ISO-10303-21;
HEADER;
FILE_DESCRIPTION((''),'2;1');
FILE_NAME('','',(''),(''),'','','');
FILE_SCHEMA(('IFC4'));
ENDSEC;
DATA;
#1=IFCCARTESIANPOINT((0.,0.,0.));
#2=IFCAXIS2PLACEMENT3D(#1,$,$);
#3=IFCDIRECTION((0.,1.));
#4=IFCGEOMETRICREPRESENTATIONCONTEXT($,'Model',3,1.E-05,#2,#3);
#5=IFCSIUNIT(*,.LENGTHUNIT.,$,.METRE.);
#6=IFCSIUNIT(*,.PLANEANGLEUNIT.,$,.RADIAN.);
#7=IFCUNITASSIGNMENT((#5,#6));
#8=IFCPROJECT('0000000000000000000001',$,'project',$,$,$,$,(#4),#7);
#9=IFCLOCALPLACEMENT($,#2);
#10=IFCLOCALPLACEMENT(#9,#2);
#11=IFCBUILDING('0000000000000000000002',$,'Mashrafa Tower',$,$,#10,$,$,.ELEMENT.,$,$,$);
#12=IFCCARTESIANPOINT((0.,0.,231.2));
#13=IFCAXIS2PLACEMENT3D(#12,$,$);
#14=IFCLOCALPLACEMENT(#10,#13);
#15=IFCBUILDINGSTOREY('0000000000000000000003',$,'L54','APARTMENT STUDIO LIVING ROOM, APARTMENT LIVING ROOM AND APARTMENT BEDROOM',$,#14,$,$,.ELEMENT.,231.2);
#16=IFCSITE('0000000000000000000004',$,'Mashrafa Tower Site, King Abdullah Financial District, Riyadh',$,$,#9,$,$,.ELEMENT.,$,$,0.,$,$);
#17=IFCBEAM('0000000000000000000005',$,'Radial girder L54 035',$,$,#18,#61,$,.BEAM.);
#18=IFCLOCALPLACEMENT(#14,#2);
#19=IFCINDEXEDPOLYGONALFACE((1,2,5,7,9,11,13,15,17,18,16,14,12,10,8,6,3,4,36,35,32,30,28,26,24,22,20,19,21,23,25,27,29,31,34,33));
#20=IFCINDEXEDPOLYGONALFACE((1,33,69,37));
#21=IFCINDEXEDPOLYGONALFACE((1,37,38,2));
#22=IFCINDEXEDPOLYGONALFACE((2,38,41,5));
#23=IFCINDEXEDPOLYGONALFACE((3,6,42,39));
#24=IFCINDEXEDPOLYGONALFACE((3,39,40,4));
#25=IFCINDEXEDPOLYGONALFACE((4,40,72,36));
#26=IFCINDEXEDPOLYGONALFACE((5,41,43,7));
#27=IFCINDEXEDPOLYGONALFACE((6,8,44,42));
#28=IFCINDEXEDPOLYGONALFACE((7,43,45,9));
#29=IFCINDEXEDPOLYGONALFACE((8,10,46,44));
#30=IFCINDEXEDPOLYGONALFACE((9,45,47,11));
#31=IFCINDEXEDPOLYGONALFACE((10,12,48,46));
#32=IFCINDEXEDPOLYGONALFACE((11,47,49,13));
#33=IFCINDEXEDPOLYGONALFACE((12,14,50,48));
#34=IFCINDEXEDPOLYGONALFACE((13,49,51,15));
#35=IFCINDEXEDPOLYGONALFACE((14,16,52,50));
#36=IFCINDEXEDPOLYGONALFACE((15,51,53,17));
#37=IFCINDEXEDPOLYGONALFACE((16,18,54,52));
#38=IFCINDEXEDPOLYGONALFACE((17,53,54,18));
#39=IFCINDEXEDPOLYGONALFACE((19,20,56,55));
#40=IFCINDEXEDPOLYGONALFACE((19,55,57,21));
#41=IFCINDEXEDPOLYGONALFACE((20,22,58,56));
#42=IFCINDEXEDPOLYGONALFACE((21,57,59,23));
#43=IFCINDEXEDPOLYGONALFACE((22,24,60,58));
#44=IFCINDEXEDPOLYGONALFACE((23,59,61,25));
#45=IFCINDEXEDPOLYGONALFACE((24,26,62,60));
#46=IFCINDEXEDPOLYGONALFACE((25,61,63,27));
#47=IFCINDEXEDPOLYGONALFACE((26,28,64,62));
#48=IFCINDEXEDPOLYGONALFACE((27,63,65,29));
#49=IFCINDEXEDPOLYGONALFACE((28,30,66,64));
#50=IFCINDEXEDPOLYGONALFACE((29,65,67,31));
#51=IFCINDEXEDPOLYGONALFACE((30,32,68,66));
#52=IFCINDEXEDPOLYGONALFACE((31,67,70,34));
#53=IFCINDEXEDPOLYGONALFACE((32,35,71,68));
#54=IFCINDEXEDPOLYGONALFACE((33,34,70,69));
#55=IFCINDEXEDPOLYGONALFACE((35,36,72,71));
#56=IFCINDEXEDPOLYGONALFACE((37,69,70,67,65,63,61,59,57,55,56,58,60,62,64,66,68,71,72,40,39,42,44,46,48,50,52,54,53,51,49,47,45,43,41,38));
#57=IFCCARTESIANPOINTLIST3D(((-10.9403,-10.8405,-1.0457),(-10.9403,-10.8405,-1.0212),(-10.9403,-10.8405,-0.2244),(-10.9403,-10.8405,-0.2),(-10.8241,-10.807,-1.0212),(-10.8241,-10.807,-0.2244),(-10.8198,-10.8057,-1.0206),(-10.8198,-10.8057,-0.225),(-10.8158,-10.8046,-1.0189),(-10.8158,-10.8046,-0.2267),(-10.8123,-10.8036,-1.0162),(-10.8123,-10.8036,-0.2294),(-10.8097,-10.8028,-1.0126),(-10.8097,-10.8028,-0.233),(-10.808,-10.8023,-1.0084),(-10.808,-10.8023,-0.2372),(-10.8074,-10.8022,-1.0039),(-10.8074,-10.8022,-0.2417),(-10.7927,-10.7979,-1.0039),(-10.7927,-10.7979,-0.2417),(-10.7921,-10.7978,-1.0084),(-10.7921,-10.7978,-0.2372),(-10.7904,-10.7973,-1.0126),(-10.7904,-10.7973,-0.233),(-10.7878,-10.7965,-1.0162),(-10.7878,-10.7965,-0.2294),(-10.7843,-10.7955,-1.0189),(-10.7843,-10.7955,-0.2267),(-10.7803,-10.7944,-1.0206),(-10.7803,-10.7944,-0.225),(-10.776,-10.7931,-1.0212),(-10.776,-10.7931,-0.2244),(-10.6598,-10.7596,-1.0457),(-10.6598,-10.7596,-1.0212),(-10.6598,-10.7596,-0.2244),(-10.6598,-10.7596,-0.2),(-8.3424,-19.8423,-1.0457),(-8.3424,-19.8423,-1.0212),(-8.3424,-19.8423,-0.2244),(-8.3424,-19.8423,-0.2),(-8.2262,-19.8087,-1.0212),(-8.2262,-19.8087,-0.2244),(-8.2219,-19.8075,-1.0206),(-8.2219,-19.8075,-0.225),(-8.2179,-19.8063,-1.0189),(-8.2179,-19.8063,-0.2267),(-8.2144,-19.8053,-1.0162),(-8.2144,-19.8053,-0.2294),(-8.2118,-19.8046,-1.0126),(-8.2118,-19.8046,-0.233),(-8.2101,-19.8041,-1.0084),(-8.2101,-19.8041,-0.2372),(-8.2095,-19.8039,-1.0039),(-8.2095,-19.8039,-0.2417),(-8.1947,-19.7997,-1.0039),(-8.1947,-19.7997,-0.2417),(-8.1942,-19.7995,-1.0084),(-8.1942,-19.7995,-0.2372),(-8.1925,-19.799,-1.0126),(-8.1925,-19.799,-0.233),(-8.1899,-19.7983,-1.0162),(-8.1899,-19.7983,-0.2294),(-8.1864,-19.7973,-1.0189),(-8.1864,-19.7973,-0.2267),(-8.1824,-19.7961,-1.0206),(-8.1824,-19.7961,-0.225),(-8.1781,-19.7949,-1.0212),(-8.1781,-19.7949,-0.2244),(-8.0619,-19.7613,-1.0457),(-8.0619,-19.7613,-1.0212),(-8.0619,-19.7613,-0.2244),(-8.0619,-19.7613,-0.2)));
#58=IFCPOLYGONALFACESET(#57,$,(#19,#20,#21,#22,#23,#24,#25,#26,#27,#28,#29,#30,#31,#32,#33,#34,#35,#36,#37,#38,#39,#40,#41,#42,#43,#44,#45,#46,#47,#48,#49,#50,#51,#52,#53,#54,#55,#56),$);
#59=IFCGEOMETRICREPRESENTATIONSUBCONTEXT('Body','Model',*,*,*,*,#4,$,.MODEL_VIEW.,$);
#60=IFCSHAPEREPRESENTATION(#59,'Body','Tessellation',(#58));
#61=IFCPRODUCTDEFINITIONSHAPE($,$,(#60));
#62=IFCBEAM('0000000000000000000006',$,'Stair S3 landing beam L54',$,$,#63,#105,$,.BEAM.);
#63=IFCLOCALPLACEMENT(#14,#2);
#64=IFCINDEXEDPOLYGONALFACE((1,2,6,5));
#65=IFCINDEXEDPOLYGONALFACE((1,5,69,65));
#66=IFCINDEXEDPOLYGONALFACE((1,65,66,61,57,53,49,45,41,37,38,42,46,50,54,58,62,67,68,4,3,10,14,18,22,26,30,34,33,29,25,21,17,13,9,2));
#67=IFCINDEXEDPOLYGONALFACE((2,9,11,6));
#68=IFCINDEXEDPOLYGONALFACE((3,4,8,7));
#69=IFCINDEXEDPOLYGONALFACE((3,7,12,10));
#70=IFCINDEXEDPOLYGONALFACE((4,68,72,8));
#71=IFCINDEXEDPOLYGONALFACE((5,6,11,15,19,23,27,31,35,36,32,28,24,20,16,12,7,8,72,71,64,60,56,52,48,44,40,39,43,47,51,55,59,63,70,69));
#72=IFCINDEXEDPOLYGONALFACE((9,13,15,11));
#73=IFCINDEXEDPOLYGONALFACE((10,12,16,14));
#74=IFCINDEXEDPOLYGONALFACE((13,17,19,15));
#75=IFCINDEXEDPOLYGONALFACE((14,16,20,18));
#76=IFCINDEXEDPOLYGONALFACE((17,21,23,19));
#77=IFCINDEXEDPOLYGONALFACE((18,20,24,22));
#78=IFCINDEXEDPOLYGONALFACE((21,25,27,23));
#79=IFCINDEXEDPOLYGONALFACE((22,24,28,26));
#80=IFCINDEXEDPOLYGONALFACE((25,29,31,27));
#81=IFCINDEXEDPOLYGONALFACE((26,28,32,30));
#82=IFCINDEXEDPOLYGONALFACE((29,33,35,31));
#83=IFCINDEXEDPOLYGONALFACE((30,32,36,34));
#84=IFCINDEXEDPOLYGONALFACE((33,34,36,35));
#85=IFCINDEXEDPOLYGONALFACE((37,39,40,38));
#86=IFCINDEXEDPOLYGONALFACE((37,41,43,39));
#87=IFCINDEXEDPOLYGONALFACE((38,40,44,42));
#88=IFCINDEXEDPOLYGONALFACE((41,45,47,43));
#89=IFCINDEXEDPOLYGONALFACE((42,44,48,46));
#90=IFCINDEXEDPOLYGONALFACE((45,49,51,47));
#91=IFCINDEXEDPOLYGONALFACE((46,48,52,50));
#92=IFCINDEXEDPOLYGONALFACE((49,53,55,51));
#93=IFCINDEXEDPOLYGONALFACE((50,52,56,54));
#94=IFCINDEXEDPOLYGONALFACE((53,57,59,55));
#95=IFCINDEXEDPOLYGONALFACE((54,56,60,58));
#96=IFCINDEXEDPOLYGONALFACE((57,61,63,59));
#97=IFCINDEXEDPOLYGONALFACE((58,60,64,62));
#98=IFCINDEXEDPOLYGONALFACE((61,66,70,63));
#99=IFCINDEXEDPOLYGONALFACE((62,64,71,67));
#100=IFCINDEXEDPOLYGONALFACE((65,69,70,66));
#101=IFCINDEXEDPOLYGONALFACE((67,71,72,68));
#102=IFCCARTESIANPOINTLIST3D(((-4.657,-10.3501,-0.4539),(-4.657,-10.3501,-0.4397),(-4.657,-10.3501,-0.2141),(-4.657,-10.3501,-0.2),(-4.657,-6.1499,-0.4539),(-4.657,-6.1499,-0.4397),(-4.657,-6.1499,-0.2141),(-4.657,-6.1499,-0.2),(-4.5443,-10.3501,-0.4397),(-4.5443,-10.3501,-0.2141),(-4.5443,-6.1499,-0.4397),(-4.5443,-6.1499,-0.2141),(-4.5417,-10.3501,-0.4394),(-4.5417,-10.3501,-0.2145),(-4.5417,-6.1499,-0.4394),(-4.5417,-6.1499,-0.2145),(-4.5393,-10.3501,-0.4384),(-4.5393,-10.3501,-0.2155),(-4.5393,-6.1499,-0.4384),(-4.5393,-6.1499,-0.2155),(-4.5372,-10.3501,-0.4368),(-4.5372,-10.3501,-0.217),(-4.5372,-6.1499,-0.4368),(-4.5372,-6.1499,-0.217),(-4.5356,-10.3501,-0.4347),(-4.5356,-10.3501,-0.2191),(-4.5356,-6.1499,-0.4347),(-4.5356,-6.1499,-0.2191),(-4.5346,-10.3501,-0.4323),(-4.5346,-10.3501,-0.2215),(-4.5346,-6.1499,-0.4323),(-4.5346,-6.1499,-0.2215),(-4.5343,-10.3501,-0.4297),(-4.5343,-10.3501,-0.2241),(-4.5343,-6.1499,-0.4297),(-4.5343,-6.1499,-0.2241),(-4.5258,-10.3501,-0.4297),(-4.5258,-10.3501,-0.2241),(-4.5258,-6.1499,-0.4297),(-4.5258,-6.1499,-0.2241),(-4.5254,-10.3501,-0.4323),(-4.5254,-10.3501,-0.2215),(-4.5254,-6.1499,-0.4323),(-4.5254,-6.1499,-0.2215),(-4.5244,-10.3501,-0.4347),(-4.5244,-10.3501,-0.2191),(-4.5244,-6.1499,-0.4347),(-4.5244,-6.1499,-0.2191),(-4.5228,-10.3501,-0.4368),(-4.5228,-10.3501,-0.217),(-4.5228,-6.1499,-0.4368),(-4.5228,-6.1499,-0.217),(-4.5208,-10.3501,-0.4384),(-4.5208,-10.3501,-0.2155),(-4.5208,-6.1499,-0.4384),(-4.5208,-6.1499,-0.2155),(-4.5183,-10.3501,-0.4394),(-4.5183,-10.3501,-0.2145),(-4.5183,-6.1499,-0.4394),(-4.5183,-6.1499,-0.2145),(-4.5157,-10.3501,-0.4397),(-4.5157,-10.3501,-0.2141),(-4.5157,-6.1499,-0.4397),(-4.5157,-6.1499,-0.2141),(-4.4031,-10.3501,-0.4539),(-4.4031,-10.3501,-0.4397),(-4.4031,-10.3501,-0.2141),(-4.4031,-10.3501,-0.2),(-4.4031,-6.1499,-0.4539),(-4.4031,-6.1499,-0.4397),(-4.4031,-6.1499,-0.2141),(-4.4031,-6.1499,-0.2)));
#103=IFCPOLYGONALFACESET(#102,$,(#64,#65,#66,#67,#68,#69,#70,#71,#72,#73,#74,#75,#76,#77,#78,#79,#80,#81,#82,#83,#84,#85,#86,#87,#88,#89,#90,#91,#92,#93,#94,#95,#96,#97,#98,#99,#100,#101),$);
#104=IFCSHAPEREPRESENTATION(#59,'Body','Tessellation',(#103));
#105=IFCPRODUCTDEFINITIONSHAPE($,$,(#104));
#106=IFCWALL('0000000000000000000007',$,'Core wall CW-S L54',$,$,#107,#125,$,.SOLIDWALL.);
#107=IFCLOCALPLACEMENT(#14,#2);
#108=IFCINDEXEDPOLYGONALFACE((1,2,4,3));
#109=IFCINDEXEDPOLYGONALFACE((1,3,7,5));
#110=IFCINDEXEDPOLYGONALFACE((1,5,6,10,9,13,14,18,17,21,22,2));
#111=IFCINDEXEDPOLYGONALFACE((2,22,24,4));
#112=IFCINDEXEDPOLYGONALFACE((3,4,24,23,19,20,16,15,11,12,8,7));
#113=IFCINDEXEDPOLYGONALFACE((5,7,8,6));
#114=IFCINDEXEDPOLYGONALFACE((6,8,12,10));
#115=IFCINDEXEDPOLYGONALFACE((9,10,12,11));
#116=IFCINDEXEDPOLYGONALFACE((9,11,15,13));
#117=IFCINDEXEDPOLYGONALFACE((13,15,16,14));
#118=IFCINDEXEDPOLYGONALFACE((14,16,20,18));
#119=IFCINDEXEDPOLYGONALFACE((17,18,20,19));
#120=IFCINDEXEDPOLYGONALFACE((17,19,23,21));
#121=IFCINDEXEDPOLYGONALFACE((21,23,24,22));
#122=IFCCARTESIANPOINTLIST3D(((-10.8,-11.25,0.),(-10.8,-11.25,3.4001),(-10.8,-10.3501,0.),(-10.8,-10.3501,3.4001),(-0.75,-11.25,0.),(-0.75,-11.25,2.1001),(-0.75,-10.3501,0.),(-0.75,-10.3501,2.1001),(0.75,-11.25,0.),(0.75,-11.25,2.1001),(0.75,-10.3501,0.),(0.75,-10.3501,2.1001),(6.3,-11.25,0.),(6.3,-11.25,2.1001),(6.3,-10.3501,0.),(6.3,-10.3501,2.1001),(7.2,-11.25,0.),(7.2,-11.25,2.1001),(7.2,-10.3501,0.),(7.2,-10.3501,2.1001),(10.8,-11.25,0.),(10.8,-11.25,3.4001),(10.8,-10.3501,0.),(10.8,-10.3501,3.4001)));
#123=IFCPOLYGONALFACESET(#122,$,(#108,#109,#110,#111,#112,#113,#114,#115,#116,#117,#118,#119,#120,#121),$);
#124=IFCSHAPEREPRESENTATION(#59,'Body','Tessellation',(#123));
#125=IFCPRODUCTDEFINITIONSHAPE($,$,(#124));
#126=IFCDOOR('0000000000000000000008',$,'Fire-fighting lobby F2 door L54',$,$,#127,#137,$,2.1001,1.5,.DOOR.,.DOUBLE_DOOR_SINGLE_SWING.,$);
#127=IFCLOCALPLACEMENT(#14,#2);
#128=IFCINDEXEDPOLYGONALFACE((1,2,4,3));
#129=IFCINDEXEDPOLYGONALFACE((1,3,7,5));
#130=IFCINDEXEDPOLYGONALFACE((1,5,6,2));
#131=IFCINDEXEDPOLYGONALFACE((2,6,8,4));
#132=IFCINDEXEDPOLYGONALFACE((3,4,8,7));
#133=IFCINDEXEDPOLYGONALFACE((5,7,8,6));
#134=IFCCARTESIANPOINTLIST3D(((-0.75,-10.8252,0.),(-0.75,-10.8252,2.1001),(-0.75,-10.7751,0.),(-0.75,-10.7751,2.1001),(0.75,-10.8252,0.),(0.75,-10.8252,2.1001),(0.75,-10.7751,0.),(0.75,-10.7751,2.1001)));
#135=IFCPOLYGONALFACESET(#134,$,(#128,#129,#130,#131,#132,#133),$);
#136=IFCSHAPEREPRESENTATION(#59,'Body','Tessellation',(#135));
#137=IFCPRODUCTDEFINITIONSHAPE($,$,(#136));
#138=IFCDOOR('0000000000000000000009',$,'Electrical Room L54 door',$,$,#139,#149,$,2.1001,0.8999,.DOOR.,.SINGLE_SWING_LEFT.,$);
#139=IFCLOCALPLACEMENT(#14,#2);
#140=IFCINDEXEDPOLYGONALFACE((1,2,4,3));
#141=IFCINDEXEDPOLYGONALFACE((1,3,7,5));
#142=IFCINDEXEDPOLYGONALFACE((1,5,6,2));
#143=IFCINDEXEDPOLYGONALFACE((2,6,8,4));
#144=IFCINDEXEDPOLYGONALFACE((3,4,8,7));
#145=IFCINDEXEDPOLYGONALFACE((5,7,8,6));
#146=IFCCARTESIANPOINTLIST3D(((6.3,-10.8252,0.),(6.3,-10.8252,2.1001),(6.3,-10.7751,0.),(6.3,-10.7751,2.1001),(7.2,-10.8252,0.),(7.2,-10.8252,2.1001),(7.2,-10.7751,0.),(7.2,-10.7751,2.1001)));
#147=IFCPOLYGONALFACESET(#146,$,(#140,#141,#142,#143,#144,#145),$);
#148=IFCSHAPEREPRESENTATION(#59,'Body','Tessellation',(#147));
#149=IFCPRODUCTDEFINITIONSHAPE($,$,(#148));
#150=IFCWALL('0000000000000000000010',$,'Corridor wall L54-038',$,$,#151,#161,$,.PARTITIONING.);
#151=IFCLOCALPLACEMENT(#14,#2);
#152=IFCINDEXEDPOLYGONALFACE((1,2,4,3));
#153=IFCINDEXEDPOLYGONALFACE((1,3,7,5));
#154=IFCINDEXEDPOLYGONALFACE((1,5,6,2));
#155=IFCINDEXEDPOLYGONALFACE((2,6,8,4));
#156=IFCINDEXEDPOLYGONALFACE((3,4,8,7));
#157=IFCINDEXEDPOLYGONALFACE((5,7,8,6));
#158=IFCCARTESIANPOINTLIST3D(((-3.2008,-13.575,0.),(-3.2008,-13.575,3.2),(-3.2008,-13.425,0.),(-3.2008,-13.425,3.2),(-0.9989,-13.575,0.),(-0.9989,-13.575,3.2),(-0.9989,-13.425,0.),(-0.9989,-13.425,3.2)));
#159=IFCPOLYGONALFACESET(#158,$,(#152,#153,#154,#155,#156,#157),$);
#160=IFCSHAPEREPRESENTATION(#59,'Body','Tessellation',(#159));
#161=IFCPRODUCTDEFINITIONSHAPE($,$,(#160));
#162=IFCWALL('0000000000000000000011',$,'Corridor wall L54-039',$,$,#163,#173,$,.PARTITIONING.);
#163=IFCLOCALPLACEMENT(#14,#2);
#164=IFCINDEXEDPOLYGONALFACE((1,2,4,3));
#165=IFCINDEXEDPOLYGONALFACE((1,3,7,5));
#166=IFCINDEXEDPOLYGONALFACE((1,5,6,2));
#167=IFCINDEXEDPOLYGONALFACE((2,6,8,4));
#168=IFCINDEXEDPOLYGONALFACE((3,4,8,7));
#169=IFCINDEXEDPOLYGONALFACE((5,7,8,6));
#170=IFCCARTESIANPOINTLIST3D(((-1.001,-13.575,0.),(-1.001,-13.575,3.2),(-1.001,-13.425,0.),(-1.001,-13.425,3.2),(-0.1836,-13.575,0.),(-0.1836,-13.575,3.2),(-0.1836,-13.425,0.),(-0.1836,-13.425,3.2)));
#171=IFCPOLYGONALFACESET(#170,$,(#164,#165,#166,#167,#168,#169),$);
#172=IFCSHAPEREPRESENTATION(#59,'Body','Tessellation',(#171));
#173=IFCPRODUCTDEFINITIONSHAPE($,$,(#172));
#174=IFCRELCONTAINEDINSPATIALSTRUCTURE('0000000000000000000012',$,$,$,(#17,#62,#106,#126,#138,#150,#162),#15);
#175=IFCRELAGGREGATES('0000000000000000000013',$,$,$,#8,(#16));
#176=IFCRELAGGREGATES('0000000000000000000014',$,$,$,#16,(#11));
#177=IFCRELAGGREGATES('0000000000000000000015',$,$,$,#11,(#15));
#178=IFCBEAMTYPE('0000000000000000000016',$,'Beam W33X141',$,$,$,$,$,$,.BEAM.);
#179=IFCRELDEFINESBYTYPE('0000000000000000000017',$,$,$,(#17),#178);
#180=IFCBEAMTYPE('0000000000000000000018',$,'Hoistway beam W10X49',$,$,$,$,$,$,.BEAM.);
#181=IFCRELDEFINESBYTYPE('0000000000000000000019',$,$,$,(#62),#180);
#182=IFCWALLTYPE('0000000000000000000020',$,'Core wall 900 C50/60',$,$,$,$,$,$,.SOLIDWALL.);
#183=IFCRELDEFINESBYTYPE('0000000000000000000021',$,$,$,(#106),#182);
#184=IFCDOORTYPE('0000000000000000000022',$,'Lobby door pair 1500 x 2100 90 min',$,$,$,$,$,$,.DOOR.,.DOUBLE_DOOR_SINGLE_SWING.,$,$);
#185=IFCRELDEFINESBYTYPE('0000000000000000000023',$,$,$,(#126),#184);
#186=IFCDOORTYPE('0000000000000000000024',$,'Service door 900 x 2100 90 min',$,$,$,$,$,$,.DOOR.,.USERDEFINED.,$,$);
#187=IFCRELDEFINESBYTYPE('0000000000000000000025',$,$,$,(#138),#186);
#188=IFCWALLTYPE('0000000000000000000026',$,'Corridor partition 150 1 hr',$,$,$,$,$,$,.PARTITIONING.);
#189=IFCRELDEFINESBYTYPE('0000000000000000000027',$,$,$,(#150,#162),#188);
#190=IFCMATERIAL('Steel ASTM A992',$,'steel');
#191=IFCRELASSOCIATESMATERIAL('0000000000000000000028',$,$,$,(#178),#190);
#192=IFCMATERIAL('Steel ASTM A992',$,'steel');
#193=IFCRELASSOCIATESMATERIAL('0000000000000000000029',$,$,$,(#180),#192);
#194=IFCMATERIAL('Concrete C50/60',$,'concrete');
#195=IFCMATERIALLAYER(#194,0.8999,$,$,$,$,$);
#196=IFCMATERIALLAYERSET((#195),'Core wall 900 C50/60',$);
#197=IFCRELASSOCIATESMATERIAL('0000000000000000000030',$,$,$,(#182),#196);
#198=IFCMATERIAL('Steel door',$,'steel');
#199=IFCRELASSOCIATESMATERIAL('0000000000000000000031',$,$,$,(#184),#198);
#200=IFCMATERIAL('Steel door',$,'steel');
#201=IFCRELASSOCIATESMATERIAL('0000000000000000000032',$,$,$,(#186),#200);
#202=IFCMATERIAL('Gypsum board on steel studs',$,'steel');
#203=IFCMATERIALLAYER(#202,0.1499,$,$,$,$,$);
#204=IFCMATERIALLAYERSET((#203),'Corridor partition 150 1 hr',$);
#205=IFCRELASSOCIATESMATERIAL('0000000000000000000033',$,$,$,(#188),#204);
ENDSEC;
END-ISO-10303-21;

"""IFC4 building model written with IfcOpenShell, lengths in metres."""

from ifc_helpers import new_model, si_unit, direction, frame, frame_2d, origin, origin_2d, place, context, subcontext, project, spatial, rectangle, i_section, extrude, material, layer, layer_set, material_profile, profile_set, type_object, element, fill, save


model = new_model("IFC4")

# Units and contexts
model_context = context("Model", 3, precision=1e-05, world=origin(), true_north=direction((0.0, 1.0)))
body_context = subcontext(model_context, "Body", "Model", "MODEL_VIEW")
ifc_project = project(units=[si_unit("LENGTHUNIT", "METRE"), si_unit("PLANEANGLEUNIT", "RADIAN")], contexts=[model_context])

# Site, building, storey
site_placement = place(None, origin())
site = spatial("IfcSite", under=ifc_project, at=site_placement, Name="Mashrafa Tower Site, King Abdullah Financial District, Riyadh", CompositionType="ELEMENT", RefElevation=0.0)
building_placement = place(site_placement, origin())
building = spatial("IfcBuilding", under=site, at=building_placement, Name="Mashrafa Tower", CompositionType="ELEMENT")
storey_placement = place(building_placement, frame((0.0, 0.0, 231.2)))
storey = spatial("IfcBuildingStorey", under=building, at=storey_placement, Name="L54", Description="APARTMENT STUDIO LIVING ROOM, APARTMENT LIVING ROOM AND APARTMENT BEDROOM", CompositionType="ELEMENT", Elevation=231.2)

# Beams
ifc_material_1 = material(Name="Steel ASTM A992", Category="steel")
ifc_material_profile_1 = material_profile(ifc_material_1, i_section(OverallWidth=0.292, OverallDepth=0.8457, WebThickness=0.0154, FlangeThickness=0.0244, FilletRadius=0.0173, at=origin_2d()), Name="W33X141")
ifc_profile_set_1 = profile_set([ifc_material_profile_1], Name="Steel ASTM A992")
beam_type_1 = type_object("IfcBeamType", Name="Beam W33X141", PredefinedType="BEAM", material=ifc_profile_set_1)
for number, where, z_axis, x_axis, name in (
    (1, (-10.8, -10.8, -0.6228), (0.277284, -0.960788, 0.0), (0.960788, 0.277284, 0.0), "Radial girder L54 035"),
):
    element("IfcBeam", number, at=place(storey_placement, frame(where, z_axis=z_axis, x_axis=x_axis)), inside=storey, type_object=beam_type_1, Name=name, PredefinedType="BEAM", context=body_context, shape_type="SweptSolid", body=[
        extrude(i_section(OverallWidth=0.292, OverallDepth=0.8457, WebThickness=0.0154, FlangeThickness=0.0244, FilletRadius=0.0173, at=origin_2d()), origin(), (0.0, 0.0, 1.0), 9.3691),
    ])
ifc_material_2 = material(Name="Steel ASTM A992", Category="steel")
ifc_material_profile_2 = material_profile(ifc_material_2, i_section(OverallWidth=0.2539, OverallDepth=0.2539, WebThickness=0.0085, FlangeThickness=0.0142, FilletRadius=0.01, at=origin_2d()), Name="W10X49")
ifc_profile_set_2 = profile_set([ifc_material_profile_2], Name="Steel ASTM A992")
beam_type_2 = type_object("IfcBeamType", Name="Hoistway beam W10X49", PredefinedType="BEAM", material=ifc_profile_set_2)
beam_1_placement = place(storey_placement, frame((-4.53, -10.3501, -0.3269), z_axis=(0.0, 1.0, 0.0), x_axis=(-1.0, 0.0, 0.0)))
element("IfcBeam", 2, at=beam_1_placement, inside=storey, type_object=beam_type_2, Name="Stair S3 landing beam L54", PredefinedType="BEAM", context=body_context, shape_type="SweptSolid", body=[
    extrude(i_section(OverallWidth=0.2539, OverallDepth=0.2539, WebThickness=0.0085, FlangeThickness=0.0142, FilletRadius=0.01, at=origin_2d()), origin(), (0.0, 0.0, 1.0), 4.2002),
])

# Wall, openings, doors
ifc_material_3 = material(Name="Concrete C50/60", Category="concrete")
ifc_layer_1 = layer(ifc_material_3, 0.8999)
ifc_layer_set_1 = layer_set([ifc_layer_1], Name="Core wall 900 C50/60")
wall_type_1 = type_object("IfcWallType", Name="Core wall 900 C50/60", PredefinedType="SOLIDWALL", material=ifc_layer_set_1)
wall_1_placement = place(storey_placement, frame((-10.8, -10.8, 0.0), z_axis=(0.0, 0.0, 1.0), x_axis=(1.0, 0.0, 0.0)))
wall_1 = element("IfcWall", 3, at=wall_1_placement, inside=storey, type_object=wall_type_1, Name="Core wall CW-S L54", PredefinedType="SOLIDWALL", context=body_context, shape_type="SweptSolid", body=[
    extrude(rectangle(XDim=21.6001, YDim=0.8999, at=frame_2d((10.8, 0.0))), origin(), (0.0, 0.0, 1.0), 3.4001),
])
opening_1_placement = place(wall_1_placement, frame((10.05, 0.0, 0.0)))
opening_1 = element("IfcOpeningElement", 4, at=opening_1_placement, cuts=wall_1, PredefinedType="OPENING", context=body_context, shape_type="SweptSolid", body=[
    extrude(rectangle(XDim=1.5, YDim=2.1001, at=frame_2d((0.75, 1.05))), frame((0.0, 0.46, 0.0), z_axis=(0.0, -1.0, 0.0), x_axis=(1.0, 0.0, 0.0)), (0.0, 0.0, 1.0), 0.9199),
])
opening_2_placement = place(wall_1_placement, frame((17.1001, 0.0, 0.0)))
opening_2 = element("IfcOpeningElement", 5, at=opening_2_placement, cuts=wall_1, PredefinedType="OPENING", context=body_context, shape_type="SweptSolid", body=[
    extrude(rectangle(XDim=0.8999, YDim=2.1001, at=frame_2d((0.45, 1.05))), frame((0.0, 0.46, 0.0), z_axis=(0.0, -1.0, 0.0), x_axis=(1.0, 0.0, 0.0)), (0.0, 0.0, 1.0), 0.9199),
])
ifc_material_4 = material(Name="Steel door", Category="steel")
door_type_1 = type_object("IfcDoorType", Name="Lobby door pair 1500 x 2100 90 min", OperationType="DOUBLE_DOOR_SINGLE_SWING", PredefinedType="DOOR", material=ifc_material_4)
door_1_placement = place(opening_1_placement, origin())
door_1 = element("IfcDoor", 6, at=door_1_placement, inside=storey, type_object=door_type_1, Name="Fire-fighting lobby F2 door L54", OperationType="DOUBLE_DOOR_SINGLE_SWING", OverallHeight=2.1001, OverallWidth=1.5, PredefinedType="DOOR", context=body_context, shape_type="SweptSolid", body=[
    extrude(rectangle(XDim=1.5, YDim=2.1001, at=frame_2d((0.75, 1.05))), frame((0.0, 0.0249, 0.0), z_axis=(0.0, -1.0, 0.0), x_axis=(1.0, 0.0, 0.0)), (0.0, 0.0, 1.0), 0.05),
])
fill(opening_1, door_1)
ifc_material_5 = material(Name="Steel door", Category="steel")
door_type_2 = type_object("IfcDoorType", Name="Service door 900 x 2100 90 min", OperationType="USERDEFINED", PredefinedType="DOOR", material=ifc_material_5)
door_2_placement = place(opening_2_placement, origin())
door_2 = element("IfcDoor", 7, at=door_2_placement, inside=storey, type_object=door_type_2, Name="Electrical Room L54 door", OperationType="SINGLE_SWING_LEFT", OverallHeight=2.1001, OverallWidth=0.8999, PredefinedType="DOOR", context=body_context, shape_type="SweptSolid", body=[
    extrude(rectangle(XDim=0.8999, YDim=2.1001, at=frame_2d((0.45, 1.05))), frame((0.0, 0.0249, 0.0), z_axis=(0.0, -1.0, 0.0), x_axis=(1.0, 0.0, 0.0)), (0.0, 0.0, 1.0), 0.05),
])
fill(opening_2, door_2)

# Walls
ifc_material_6 = material(Name="Gypsum board on steel studs", Category="steel")
ifc_layer_2 = layer(ifc_material_6, 0.1499)
ifc_layer_set_2 = layer_set([ifc_layer_2], Name="Corridor partition 150 1 hr")
wall_type_2 = type_object("IfcWallType", Name="Corridor partition 150 1 hr", PredefinedType="PARTITIONING", material=ifc_layer_set_2)
wall_2_placement = place(storey_placement, frame((-3.2009, -13.5, 0.0), z_axis=(0.0, 0.0, 1.0), x_axis=(1.0, 0.0, 0.0)))
element("IfcWall", 8, at=wall_2_placement, inside=storey, type_object=wall_type_2, Name="Corridor wall L54-038", PredefinedType="PARTITIONING", context=body_context, shape_type="SweptSolid", body=[
    extrude(rectangle(XDim=2.2019, YDim=0.1499, at=frame_2d((1.1011, 0.0))), origin(), (0.0, 0.0, 1.0), 3.2),
])
wall_3_placement = place(storey_placement, frame((-1.001, -13.5, 0.0), z_axis=(0.0, 0.0, 1.0), x_axis=(1.0, 0.0, 0.0)))
element("IfcWall", 9, at=wall_3_placement, inside=storey, type_object=wall_type_2, Name="Corridor wall L54-039", PredefinedType="PARTITIONING", context=body_context, shape_type="SweptSolid", body=[
    extrude(rectangle(XDim=0.8174, YDim=0.1499, at=frame_2d((0.4087, 0.0))), origin(), (0.0, 0.0, 1.0), 3.2),
])

save(model, "model.ifc")
